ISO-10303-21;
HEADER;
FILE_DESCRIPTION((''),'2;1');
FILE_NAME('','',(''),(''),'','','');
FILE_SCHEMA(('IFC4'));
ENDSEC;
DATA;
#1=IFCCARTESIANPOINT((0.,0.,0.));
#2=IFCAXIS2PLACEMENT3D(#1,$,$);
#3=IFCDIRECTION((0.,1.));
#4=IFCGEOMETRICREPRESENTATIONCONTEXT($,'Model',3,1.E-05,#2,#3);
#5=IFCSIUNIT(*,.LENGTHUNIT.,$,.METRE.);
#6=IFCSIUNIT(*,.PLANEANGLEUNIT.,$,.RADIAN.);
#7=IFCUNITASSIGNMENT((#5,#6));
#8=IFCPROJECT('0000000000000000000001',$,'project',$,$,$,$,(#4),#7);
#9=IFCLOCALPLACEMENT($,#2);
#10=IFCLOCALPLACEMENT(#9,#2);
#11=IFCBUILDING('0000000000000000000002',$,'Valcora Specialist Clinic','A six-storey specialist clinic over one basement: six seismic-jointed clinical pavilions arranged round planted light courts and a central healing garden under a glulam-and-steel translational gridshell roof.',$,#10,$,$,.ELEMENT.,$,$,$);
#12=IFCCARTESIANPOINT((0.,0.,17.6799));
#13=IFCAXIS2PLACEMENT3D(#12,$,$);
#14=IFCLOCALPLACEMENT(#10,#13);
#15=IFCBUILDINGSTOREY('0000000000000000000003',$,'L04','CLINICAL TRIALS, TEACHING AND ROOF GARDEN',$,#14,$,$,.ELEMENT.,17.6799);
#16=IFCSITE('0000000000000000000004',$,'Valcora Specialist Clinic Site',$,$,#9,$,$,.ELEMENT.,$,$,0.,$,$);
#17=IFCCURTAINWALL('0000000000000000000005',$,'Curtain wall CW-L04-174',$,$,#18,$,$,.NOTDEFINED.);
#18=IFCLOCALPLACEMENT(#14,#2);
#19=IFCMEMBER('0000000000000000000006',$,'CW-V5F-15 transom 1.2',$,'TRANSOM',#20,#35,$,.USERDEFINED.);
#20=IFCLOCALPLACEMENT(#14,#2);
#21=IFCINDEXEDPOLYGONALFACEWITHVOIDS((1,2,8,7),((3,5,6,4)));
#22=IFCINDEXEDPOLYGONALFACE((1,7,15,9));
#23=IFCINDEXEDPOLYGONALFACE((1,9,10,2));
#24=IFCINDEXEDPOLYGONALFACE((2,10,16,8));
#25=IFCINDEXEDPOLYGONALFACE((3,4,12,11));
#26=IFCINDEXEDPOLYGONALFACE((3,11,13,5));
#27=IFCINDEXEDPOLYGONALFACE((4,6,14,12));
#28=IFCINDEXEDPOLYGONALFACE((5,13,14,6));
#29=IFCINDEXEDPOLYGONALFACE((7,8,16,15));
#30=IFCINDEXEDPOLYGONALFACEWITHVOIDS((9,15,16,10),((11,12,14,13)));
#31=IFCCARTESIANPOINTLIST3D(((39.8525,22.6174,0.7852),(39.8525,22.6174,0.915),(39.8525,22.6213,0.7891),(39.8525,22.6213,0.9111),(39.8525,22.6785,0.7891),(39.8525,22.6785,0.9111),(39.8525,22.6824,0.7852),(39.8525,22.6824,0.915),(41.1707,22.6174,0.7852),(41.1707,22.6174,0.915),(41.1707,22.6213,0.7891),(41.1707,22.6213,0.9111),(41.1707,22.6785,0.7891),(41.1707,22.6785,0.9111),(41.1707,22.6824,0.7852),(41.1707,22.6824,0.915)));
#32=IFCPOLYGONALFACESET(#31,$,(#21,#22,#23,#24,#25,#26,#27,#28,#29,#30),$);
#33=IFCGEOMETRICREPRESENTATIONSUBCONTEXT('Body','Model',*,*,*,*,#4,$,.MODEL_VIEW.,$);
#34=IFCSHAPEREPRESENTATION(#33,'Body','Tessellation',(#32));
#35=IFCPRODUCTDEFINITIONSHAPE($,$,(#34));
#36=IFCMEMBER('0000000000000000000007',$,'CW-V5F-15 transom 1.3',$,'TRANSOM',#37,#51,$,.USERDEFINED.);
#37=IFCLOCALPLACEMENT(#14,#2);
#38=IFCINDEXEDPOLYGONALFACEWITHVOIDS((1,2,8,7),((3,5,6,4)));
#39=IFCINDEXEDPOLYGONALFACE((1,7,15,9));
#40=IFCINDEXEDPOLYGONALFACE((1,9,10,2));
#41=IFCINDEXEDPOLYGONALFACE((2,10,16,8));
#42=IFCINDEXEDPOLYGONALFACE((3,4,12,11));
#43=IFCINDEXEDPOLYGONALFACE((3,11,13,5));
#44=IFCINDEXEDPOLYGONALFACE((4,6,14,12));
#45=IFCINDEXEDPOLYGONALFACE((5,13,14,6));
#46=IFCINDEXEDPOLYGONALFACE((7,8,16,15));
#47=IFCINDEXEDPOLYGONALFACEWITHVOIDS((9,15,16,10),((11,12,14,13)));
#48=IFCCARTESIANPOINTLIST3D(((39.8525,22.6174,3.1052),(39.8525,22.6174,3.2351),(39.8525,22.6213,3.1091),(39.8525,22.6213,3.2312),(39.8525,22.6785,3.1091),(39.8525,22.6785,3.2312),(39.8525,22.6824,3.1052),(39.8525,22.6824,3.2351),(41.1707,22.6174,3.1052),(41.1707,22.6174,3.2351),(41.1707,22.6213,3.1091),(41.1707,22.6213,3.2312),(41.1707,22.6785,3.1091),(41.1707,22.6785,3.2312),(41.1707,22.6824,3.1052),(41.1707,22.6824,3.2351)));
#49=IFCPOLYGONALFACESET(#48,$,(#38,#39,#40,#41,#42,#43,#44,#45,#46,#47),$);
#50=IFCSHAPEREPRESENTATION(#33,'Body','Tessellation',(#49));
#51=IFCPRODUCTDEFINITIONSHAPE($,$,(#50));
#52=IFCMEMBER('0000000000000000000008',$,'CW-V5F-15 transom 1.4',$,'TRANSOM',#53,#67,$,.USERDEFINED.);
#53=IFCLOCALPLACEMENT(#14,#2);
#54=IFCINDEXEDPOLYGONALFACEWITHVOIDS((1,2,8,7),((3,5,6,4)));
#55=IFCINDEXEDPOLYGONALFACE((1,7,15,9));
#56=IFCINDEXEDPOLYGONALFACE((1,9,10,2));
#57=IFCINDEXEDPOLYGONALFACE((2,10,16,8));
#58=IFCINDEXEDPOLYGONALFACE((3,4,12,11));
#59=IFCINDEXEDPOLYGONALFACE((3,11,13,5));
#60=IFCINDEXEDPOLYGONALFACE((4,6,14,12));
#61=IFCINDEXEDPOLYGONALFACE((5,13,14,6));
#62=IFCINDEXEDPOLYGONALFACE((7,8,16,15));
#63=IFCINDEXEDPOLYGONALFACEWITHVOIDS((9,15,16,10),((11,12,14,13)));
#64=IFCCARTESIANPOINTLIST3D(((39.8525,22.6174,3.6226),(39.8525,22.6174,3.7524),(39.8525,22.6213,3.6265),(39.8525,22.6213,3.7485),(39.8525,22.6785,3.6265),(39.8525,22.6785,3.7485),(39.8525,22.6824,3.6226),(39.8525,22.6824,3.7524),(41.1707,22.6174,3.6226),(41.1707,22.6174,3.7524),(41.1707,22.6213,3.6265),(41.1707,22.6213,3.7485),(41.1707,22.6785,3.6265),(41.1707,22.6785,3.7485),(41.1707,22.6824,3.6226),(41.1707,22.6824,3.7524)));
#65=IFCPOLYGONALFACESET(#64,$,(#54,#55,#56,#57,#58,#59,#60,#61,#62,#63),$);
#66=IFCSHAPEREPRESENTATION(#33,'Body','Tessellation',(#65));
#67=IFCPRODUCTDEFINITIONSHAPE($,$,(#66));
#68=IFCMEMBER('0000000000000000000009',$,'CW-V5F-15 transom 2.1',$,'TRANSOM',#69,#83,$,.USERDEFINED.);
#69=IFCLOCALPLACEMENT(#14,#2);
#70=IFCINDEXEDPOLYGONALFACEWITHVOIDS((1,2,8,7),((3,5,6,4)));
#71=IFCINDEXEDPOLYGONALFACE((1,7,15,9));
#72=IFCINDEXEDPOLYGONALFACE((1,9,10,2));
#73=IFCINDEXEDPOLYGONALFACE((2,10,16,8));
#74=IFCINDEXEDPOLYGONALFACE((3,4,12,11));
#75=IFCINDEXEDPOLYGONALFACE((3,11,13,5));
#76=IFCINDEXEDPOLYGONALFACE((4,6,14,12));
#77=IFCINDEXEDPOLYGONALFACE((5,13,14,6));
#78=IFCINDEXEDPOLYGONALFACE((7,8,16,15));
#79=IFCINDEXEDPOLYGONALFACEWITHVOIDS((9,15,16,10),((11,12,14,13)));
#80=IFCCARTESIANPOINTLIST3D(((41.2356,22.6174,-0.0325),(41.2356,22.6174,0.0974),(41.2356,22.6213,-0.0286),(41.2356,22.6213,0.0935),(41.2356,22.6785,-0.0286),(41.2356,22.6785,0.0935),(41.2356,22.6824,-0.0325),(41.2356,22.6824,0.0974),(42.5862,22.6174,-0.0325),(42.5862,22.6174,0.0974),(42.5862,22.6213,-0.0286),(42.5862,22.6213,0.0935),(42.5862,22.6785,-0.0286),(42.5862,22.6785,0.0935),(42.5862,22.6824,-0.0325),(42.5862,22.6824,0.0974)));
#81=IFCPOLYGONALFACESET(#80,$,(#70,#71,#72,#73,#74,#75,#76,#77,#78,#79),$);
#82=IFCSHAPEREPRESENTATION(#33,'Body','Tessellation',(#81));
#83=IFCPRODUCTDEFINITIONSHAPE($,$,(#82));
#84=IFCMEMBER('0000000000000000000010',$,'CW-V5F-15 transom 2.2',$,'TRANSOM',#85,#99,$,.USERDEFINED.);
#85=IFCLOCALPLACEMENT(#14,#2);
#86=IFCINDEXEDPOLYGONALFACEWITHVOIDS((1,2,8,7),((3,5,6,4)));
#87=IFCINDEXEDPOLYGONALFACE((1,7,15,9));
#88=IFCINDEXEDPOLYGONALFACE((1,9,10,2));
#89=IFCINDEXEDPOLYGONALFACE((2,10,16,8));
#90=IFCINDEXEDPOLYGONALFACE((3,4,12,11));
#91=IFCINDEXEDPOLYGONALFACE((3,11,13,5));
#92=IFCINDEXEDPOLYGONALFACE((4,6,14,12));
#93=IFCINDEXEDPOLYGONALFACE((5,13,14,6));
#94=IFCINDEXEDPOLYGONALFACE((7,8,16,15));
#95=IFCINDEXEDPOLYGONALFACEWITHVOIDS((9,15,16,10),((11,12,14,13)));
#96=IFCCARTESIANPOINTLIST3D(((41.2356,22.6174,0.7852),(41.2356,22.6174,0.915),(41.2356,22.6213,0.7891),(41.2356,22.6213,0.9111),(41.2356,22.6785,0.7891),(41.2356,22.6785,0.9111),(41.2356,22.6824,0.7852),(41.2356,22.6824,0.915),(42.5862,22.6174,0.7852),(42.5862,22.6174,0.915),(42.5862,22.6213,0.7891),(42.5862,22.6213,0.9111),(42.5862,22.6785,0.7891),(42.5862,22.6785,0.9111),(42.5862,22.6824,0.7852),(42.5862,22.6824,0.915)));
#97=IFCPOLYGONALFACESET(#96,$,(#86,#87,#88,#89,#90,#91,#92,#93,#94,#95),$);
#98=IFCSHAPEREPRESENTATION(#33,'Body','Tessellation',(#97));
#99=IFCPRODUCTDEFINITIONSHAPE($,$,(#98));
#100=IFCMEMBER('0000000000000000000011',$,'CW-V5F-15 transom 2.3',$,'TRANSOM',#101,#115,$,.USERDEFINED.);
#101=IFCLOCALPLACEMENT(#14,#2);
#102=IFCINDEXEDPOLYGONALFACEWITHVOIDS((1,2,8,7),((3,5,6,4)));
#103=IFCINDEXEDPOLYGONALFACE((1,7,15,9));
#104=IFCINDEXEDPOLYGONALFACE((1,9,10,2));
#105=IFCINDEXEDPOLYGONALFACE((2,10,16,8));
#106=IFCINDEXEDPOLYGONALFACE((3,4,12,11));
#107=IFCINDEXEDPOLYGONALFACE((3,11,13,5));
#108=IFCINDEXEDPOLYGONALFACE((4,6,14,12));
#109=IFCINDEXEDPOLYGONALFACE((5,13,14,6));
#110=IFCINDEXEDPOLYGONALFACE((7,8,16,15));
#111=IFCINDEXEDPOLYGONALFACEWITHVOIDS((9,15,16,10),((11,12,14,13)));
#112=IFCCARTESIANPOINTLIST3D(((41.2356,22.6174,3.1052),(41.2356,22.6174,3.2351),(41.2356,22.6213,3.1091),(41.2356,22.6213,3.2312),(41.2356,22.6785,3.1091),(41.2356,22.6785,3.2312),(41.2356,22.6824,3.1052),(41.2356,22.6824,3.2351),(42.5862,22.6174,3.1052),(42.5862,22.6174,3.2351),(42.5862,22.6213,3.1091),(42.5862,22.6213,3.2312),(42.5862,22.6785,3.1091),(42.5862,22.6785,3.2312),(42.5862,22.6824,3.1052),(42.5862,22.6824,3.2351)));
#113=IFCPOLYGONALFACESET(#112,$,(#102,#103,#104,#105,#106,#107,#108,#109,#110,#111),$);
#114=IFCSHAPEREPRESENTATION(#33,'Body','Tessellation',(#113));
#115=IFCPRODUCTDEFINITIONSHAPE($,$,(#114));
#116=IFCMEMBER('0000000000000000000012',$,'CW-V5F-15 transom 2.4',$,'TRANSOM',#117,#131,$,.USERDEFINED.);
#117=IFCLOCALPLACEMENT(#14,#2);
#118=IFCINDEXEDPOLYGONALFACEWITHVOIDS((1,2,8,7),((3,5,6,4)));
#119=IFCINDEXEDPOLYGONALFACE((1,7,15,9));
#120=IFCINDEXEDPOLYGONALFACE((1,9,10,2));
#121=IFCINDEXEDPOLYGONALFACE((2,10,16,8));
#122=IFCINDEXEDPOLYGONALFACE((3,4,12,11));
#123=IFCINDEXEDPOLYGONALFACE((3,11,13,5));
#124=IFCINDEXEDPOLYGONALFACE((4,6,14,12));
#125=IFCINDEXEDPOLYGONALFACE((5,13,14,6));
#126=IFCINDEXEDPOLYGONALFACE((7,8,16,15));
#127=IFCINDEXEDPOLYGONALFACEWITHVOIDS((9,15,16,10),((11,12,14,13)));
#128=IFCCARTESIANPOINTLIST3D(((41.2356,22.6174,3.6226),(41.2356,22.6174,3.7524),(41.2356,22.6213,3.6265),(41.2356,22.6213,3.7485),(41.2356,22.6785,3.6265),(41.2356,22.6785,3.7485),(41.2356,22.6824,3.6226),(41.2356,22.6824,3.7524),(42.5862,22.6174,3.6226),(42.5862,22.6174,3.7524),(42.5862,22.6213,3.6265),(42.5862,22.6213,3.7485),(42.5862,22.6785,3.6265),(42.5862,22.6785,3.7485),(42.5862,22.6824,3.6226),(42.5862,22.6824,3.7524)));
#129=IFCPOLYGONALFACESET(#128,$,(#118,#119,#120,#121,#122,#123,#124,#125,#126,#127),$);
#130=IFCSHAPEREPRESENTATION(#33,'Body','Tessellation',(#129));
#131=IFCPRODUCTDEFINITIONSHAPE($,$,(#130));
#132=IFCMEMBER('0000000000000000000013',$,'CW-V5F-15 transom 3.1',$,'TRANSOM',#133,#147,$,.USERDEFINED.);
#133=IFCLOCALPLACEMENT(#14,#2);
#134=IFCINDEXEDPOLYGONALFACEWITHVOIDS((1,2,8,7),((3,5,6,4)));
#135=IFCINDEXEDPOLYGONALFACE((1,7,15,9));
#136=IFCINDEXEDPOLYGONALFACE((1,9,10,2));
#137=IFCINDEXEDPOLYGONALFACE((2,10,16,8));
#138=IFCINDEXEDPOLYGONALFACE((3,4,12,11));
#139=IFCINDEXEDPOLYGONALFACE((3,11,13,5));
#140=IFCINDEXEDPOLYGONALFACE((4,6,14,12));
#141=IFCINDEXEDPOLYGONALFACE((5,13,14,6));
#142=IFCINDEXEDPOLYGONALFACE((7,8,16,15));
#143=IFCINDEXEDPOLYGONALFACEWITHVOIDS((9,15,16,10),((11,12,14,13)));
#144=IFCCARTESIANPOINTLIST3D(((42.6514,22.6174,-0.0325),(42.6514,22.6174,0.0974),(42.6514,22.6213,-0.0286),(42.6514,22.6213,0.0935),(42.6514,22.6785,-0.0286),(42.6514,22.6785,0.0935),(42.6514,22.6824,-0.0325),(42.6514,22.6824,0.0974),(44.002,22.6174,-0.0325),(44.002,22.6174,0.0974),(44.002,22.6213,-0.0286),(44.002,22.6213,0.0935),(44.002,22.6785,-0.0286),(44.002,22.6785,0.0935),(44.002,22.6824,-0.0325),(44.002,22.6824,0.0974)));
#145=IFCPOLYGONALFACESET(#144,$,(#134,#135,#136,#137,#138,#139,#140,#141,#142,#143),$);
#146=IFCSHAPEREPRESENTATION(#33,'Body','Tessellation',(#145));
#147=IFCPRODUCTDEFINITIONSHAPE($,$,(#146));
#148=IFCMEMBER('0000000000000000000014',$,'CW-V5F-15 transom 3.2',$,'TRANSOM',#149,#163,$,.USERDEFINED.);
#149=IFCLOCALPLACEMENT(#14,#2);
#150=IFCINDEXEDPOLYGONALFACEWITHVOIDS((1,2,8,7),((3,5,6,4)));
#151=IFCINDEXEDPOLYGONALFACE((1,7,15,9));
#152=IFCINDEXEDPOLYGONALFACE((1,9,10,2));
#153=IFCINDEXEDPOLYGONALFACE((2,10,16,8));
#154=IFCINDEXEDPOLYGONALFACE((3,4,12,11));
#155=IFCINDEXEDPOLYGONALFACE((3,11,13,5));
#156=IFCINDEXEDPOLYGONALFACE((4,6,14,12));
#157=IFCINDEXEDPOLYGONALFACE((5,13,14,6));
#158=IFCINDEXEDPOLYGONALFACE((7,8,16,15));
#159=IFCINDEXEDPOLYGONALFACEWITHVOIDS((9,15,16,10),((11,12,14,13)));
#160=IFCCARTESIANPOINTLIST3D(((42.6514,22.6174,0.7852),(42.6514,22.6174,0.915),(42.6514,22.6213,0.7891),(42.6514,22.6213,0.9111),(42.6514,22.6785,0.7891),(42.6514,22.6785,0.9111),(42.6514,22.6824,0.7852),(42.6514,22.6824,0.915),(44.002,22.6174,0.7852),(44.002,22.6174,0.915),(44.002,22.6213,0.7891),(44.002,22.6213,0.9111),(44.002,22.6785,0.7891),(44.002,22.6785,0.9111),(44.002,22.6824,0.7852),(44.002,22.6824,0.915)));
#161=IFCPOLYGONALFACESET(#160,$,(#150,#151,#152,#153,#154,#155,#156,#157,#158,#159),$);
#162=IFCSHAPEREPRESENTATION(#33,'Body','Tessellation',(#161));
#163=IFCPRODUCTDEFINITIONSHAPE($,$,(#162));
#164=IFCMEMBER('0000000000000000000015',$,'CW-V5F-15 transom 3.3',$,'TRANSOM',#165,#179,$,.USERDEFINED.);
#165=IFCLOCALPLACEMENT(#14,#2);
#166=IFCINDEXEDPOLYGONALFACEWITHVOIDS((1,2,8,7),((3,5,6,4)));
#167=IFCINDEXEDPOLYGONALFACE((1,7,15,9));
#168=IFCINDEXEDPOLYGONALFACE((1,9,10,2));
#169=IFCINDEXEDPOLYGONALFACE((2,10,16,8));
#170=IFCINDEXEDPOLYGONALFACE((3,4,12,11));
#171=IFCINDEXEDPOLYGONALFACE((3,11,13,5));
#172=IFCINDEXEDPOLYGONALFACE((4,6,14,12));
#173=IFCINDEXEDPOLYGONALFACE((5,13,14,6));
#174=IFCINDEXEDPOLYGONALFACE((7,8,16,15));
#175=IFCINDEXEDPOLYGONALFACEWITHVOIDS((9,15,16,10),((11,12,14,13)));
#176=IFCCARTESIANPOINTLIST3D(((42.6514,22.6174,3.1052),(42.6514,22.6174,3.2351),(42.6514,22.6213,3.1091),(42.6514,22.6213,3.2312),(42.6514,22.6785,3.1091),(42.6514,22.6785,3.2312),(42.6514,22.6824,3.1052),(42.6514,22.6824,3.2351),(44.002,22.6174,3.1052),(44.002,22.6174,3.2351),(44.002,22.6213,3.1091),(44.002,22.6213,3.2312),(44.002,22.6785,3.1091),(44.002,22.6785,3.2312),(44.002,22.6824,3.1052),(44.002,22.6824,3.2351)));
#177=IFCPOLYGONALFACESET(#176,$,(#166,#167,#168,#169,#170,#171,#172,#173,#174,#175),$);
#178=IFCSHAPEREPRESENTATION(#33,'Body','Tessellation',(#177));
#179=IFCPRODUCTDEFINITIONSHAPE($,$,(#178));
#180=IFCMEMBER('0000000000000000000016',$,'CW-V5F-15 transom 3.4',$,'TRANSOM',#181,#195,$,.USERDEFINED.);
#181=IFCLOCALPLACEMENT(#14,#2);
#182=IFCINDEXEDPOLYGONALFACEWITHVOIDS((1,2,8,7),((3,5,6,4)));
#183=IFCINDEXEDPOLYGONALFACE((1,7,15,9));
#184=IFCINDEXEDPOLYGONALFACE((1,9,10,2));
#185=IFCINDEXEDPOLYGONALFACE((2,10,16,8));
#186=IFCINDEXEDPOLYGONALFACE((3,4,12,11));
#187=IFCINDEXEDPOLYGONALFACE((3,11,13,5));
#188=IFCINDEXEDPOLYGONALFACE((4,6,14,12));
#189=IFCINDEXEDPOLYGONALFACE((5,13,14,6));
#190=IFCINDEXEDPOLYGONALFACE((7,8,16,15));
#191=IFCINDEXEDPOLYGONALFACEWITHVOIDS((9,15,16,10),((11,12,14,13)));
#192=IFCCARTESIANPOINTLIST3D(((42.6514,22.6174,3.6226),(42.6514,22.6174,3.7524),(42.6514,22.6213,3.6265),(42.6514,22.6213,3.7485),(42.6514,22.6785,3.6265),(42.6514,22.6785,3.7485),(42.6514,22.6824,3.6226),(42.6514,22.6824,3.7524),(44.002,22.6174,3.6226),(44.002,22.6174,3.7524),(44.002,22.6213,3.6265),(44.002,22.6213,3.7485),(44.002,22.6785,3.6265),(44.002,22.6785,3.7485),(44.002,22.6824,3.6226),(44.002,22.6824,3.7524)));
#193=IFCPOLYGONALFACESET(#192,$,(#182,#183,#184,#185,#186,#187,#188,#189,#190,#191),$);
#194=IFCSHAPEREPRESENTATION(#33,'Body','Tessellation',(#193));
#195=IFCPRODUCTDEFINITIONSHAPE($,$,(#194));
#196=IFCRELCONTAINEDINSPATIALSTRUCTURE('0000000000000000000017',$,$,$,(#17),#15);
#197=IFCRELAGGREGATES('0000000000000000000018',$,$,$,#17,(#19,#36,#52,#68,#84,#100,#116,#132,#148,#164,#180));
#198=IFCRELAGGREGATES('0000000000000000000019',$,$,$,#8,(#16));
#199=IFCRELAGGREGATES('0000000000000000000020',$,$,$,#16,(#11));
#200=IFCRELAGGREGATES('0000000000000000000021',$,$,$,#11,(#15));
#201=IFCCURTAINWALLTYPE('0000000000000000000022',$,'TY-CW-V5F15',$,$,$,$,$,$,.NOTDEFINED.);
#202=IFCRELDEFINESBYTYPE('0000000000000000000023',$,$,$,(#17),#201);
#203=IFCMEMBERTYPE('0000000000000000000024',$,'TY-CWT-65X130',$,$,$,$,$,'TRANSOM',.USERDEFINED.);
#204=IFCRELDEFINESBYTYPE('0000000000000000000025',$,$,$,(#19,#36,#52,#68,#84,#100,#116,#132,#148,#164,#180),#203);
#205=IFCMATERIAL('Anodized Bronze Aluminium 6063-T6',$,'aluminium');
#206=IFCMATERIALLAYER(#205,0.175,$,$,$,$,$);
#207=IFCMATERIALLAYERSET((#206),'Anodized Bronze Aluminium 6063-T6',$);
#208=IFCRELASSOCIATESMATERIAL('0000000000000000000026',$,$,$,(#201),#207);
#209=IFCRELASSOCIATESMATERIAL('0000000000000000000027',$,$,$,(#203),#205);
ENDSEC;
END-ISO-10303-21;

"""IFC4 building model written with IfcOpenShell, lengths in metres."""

from ifc_helpers import new_model, si_unit, direction, frame, origin, origin_2d, place, context, subcontext, project, spatial, hollow_rectangle, extrude, material, layer, layer_set, material_profile, profile_set, type_object, element, aggregate, save


model = new_model("IFC4")

# Units and contexts
model_context = context("Model", 3, precision=1e-05, world=origin(), true_north=direction((0.0, 1.0)))
body_context = subcontext(model_context, "Body", "Model", "MODEL_VIEW")
ifc_project = project(units=[si_unit("LENGTHUNIT", "METRE"), si_unit("PLANEANGLEUNIT", "RADIAN")], contexts=[model_context])

# Site, building, storey
site_placement = place(None, origin())
site = spatial("IfcSite", under=ifc_project, at=site_placement, Name="Valcora Specialist Clinic Site", CompositionType="ELEMENT", RefElevation=0.0)
building_placement = place(site_placement, origin())
building = spatial("IfcBuilding", under=site, at=building_placement, Name="Valcora Specialist Clinic", Description="A six-storey specialist clinic over one basement: six seismic-jointed clinical pavilions arranged round planted light courts and a central healing garden under a glulam-and-steel translational gridshell roof.", CompositionType="ELEMENT")
storey_placement = place(building_placement, frame((0.0, 0.0, 17.6799)))
storey = spatial("IfcBuildingStorey", under=building, at=storey_placement, Name="L04", Description="CLINICAL TRIALS, TEACHING AND ROOF GARDEN", CompositionType="ELEMENT", Elevation=17.6799)

# Curtain wall
ifc_material_1 = material(Name="Anodized Bronze Aluminium 6063-T6", Category="aluminium")
ifc_layer_1 = layer(ifc_material_1, 0.175)
ifc_layer_set_1 = layer_set([ifc_layer_1], Name="Anodized Bronze Aluminium 6063-T6")
curtain_wall_type = type_object("IfcCurtainWallType", Name="TY-CW-V5F15", PredefinedType="NOTDEFINED", material=ifc_layer_set_1)
curtain_wall_1_placement = place(storey_placement, origin())
curtain_wall_1 = element("IfcCurtainWall", 1, at=curtain_wall_1_placement, inside=storey, type_object=curtain_wall_type, Name="Curtain wall CW-L04-174", PredefinedType="NOTDEFINED")

# Members
ifc_material_profile_1 = material_profile(ifc_material_1, hollow_rectangle(XDim=0.0649, YDim=0.1299, WallThickness=0.0039, at=origin_2d()), Name="AL-TRN-65X130")
ifc_profile_set_1 = profile_set([ifc_material_profile_1], Name="Anodized Bronze Aluminium 6063-T6")
member_type_1 = type_object("IfcMemberType", Name="TY-CWT-65X130", ElementType="TRANSOM", PredefinedType="USERDEFINED", material=ifc_profile_set_1)
member_1_placement = place(storey_placement, frame((39.8525, 22.6499, 0.8501), z_axis=(1.0, 0.0, 0.0), x_axis=(0.0, 1.0, 0.0)))
member_1 = element("IfcMember", 2, at=member_1_placement, type_object=member_type_1, Name="CW-V5F-15 transom 1.2", ObjectType="TRANSOM", PredefinedType="USERDEFINED", context=body_context, shape_type="SweptSolid", body=[
    extrude(hollow_rectangle(XDim=0.0649, YDim=0.1299, WallThickness=0.0039, at=origin_2d()), origin(), (0.0, 0.0, 1.0), 1.3181),
])
member_2_placement = place(storey_placement, frame((39.8525, 22.6499, 3.1702), z_axis=(1.0, 0.0, 0.0), x_axis=(0.0, 1.0, 0.0)))
member_2 = element("IfcMember", 3, at=member_2_placement, type_object=member_type_1, Name="CW-V5F-15 transom 1.3", ObjectType="TRANSOM", PredefinedType="USERDEFINED", context=body_context, shape_type="SweptSolid", body=[
    extrude(hollow_rectangle(XDim=0.0649, YDim=0.1299, WallThickness=0.0039, at=origin_2d()), origin(), (0.0, 0.0, 1.0), 1.3181),
])
member_3_placement = place(storey_placement, frame((39.8525, 22.6499, 3.6875), z_axis=(1.0, 0.0, 0.0), x_axis=(0.0, 1.0, 0.0)))
member_3 = element("IfcMember", 4, at=member_3_placement, type_object=member_type_1, Name="CW-V5F-15 transom 1.4", ObjectType="TRANSOM", PredefinedType="USERDEFINED", context=body_context, shape_type="SweptSolid", body=[
    extrude(hollow_rectangle(XDim=0.0649, YDim=0.1299, WallThickness=0.0039, at=origin_2d()), origin(), (0.0, 0.0, 1.0), 1.3181),
])
member_4_placement = place(storey_placement, frame((41.2356, 22.6499, 0.0325), z_axis=(1.0, 0.0, 0.0), x_axis=(0.0, 1.0, 0.0)))
member_4 = element("IfcMember", 5, at=member_4_placement, type_object=member_type_1, Name="CW-V5F-15 transom 2.1", ObjectType="TRANSOM", PredefinedType="USERDEFINED", context=body_context, shape_type="SweptSolid", body=[
    extrude(hollow_rectangle(XDim=0.0649, YDim=0.1299, WallThickness=0.0039, at=origin_2d()), origin(), (0.0, 0.0, 1.0), 1.3506),
])
member_5_placement = place(storey_placement, frame((41.2356, 22.6499, 0.8501), z_axis=(1.0, 0.0, 0.0), x_axis=(0.0, 1.0, 0.0)))
member_5 = element("IfcMember", 6, at=member_5_placement, type_object=member_type_1, Name="CW-V5F-15 transom 2.2", ObjectType="TRANSOM", PredefinedType="USERDEFINED", context=body_context, shape_type="SweptSolid", body=[
    extrude(hollow_rectangle(XDim=0.0649, YDim=0.1299, WallThickness=0.0039, at=origin_2d()), origin(), (0.0, 0.0, 1.0), 1.3506),
])
member_6_placement = place(storey_placement, frame((41.2356, 22.6499, 3.1702), z_axis=(1.0, 0.0, 0.0), x_axis=(0.0, 1.0, 0.0)))
member_6 = element("IfcMember", 7, at=member_6_placement, type_object=member_type_1, Name="CW-V5F-15 transom 2.3", ObjectType="TRANSOM", PredefinedType="USERDEFINED", context=body_context, shape_type="SweptSolid", body=[
    extrude(hollow_rectangle(XDim=0.0649, YDim=0.1299, WallThickness=0.0039, at=origin_2d()), origin(), (0.0, 0.0, 1.0), 1.3506),
])
member_7_placement = place(storey_placement, frame((41.2356, 22.6499, 3.6875), z_axis=(1.0, 0.0, 0.0), x_axis=(0.0, 1.0, 0.0)))
member_7 = element("IfcMember", 8, at=member_7_placement, type_object=member_type_1, Name="CW-V5F-15 transom 2.4", ObjectType="TRANSOM", PredefinedType="USERDEFINED", context=body_context, shape_type="SweptSolid", body=[
    extrude(hollow_rectangle(XDim=0.0649, YDim=0.1299, WallThickness=0.0039, at=origin_2d()), origin(), (0.0, 0.0, 1.0), 1.3506),
])
member_8_placement = place(storey_placement, frame((42.6514, 22.6499, 0.0325), z_axis=(1.0, 0.0, 0.0), x_axis=(0.0, 1.0, 0.0)))
member_8 = element("IfcMember", 9, at=member_8_placement, type_object=member_type_1, Name="CW-V5F-15 transom 3.1", ObjectType="TRANSOM", PredefinedType="USERDEFINED", context=body_context, shape_type="SweptSolid", body=[
    extrude(hollow_rectangle(XDim=0.0649, YDim=0.1299, WallThickness=0.0039, at=origin_2d()), origin(), (0.0, 0.0, 1.0), 1.3506),
])
member_9_placement = place(storey_placement, frame((42.6514, 22.6499, 0.8501), z_axis=(1.0, 0.0, 0.0), x_axis=(0.0, 1.0, 0.0)))
member_9 = element("IfcMember", 10, at=member_9_placement, type_object=member_type_1, Name="CW-V5F-15 transom 3.2", ObjectType="TRANSOM", PredefinedType="USERDEFINED", context=body_context, shape_type="SweptSolid", body=[
    extrude(hollow_rectangle(XDim=0.0649, YDim=0.1299, WallThickness=0.0039, at=origin_2d()), origin(), (0.0, 0.0, 1.0), 1.3506),
])
member_10_placement = place(storey_placement, frame((42.6514, 22.6499, 3.1702), z_axis=(1.0, 0.0, 0.0), x_axis=(0.0, 1.0, 0.0)))
member_10 = element("IfcMember", 11, at=member_10_placement, type_object=member_type_1, Name="CW-V5F-15 transom 3.3", ObjectType="TRANSOM", PredefinedType="USERDEFINED", context=body_context, shape_type="SweptSolid", body=[
    extrude(hollow_rectangle(XDim=0.0649, YDim=0.1299, WallThickness=0.0039, at=origin_2d()), origin(), (0.0, 0.0, 1.0), 1.3506),
])
member_11_placement = place(storey_placement, frame((42.6514, 22.6499, 3.6875), z_axis=(1.0, 0.0, 0.0), x_axis=(0.0, 1.0, 0.0)))
member_11 = element("IfcMember", 12, at=member_11_placement, type_object=member_type_1, Name="CW-V5F-15 transom 3.4", ObjectType="TRANSOM", PredefinedType="USERDEFINED", context=body_context, shape_type="SweptSolid", body=[
    extrude(hollow_rectangle(XDim=0.0649, YDim=0.1299, WallThickness=0.0039, at=origin_2d()), origin(), (0.0, 0.0, 1.0), 1.3506),
])

aggregate(curtain_wall_1, [member_1, member_2, member_3, member_4, member_5, member_6, member_7, member_8, member_9, member_10, member_11])

save(model, "model.ifc")
